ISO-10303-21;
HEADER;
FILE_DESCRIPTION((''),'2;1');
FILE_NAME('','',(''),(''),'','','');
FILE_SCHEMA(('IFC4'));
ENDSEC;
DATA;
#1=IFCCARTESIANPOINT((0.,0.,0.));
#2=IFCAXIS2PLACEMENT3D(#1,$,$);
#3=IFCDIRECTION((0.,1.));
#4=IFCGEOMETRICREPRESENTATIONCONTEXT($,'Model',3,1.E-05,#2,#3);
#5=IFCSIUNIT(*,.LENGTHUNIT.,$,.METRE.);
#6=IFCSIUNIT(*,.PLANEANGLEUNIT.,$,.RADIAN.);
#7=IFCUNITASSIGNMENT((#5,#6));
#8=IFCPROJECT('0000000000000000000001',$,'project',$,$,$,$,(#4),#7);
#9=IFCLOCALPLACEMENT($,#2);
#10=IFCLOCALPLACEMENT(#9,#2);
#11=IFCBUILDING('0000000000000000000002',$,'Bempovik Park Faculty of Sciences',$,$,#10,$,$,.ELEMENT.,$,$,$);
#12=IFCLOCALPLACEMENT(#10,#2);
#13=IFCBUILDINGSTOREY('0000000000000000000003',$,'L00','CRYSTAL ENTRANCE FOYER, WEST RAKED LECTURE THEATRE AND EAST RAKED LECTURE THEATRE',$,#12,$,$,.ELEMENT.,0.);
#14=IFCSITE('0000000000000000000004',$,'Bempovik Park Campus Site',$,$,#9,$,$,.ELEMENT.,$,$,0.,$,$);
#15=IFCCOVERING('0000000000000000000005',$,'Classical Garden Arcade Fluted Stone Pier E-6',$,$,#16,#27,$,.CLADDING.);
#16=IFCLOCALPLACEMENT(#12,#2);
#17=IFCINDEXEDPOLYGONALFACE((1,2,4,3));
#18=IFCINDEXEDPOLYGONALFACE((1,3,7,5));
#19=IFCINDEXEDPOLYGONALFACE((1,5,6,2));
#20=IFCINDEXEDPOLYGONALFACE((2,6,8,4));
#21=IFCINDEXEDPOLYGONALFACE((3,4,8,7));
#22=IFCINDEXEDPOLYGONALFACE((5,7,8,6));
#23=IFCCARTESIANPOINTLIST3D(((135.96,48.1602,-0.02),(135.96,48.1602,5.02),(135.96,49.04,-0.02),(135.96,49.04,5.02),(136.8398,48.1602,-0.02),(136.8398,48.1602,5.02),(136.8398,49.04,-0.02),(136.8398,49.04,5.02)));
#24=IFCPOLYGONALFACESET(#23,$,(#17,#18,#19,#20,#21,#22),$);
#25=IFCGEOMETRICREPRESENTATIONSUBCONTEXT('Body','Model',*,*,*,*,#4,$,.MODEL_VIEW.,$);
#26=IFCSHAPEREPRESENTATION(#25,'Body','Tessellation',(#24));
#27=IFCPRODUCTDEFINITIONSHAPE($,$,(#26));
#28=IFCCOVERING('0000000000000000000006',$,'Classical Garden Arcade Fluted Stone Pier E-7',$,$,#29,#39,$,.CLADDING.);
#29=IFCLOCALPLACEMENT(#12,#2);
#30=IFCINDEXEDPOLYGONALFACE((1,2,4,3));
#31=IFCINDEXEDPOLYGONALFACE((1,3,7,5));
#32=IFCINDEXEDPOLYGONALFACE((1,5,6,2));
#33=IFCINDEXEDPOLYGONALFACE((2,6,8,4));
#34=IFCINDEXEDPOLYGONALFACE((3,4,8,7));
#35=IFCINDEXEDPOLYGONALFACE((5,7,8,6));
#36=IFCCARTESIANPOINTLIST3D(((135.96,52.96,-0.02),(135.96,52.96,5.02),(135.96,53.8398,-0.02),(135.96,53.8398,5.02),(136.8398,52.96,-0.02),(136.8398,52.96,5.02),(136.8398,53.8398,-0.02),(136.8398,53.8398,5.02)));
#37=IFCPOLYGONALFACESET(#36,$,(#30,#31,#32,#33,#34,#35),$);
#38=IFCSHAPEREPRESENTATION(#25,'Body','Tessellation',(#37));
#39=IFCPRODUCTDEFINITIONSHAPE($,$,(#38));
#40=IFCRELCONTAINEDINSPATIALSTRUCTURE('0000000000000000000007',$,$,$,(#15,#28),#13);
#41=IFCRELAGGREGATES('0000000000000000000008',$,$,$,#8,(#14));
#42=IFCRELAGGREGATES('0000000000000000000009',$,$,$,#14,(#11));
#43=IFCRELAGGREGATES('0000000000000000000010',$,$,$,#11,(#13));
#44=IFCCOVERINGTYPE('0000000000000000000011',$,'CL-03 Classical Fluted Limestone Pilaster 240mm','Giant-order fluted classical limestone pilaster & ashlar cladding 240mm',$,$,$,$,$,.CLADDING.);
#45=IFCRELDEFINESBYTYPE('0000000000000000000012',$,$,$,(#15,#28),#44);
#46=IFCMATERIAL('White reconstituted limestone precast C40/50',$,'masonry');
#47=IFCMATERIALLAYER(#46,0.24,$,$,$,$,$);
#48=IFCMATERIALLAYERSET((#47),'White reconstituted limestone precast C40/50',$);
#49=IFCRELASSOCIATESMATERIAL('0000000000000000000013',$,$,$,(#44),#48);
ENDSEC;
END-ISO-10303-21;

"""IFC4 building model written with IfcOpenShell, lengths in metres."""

from ifc_helpers import new_model, si_unit, direction, frame, origin, origin_2d, place, context, subcontext, project, spatial, rectangle, extrude, material, layer, layer_set, type_object, element, save


model = new_model("IFC4")

# Units and contexts
model_context = context("Model", 3, precision=1e-05, world=origin(), true_north=direction((0.0, 1.0)))
body_context = subcontext(model_context, "Body", "Model", "MODEL_VIEW")
ifc_project = project(units=[si_unit("LENGTHUNIT", "METRE"), si_unit("PLANEANGLEUNIT", "RADIAN")], contexts=[model_context])

# Site, building, storey
site_placement = place(None, origin())
site = spatial("IfcSite", under=ifc_project, at=site_placement, Name="Bempovik Park Campus Site", CompositionType="ELEMENT", RefElevation=0.0)
building_placement = place(site_placement, origin())
building = spatial("IfcBuilding", under=site, at=building_placement, Name="Bempovik Park Faculty of Sciences", CompositionType="ELEMENT")
storey_placement = place(building_placement, origin())
storey = spatial("IfcBuildingStorey", under=building, at=storey_placement, Name="L00", Description="CRYSTAL ENTRANCE FOYER, WEST RAKED LECTURE THEATRE AND EAST RAKED LECTURE THEATRE", CompositionType="ELEMENT", Elevation=0.0)

# Coverings
ifc_material_1 = material(Name="White reconstituted limestone precast C40/50", Category="masonry")
ifc_layer_1 = layer(ifc_material_1, 0.24)
ifc_layer_set_1 = layer_set([ifc_layer_1], Name="White reconstituted limestone precast C40/50")
covering_type = type_object("IfcCoveringType", Name="CL-03 Classical Fluted Limestone Pilaster 240mm", Description="Giant-order fluted classical limestone pilaster & ashlar cladding 240mm", PredefinedType="CLADDING", material=ifc_layer_set_1)
for number, where, z_axis, x_axis, name in (
    (1, (136.3999, 48.6001, -0.02), (0.0, 0.0, 1.0), (1.0, 0.0, 0.0), "Classical Garden Arcade Fluted Stone Pier E-6"),
    (2, (136.3999, 53.3999, -0.02), (0.0, 0.0, 1.0), (1.0, 0.0, 0.0), "Classical Garden Arcade Fluted Stone Pier E-7"),
):
    element("IfcCovering", number, at=place(storey_placement, frame(where, z_axis=z_axis, x_axis=x_axis)), inside=storey, type_object=covering_type, Name=name, PredefinedType="CLADDING", context=body_context, shape_type="SweptSolid", body=[
        extrude(rectangle(XDim=0.8799, YDim=0.8799, at=origin_2d()), origin(), (0.0, 0.0, 1.0), 5.04),
    ])

save(model, "model.ifc")
